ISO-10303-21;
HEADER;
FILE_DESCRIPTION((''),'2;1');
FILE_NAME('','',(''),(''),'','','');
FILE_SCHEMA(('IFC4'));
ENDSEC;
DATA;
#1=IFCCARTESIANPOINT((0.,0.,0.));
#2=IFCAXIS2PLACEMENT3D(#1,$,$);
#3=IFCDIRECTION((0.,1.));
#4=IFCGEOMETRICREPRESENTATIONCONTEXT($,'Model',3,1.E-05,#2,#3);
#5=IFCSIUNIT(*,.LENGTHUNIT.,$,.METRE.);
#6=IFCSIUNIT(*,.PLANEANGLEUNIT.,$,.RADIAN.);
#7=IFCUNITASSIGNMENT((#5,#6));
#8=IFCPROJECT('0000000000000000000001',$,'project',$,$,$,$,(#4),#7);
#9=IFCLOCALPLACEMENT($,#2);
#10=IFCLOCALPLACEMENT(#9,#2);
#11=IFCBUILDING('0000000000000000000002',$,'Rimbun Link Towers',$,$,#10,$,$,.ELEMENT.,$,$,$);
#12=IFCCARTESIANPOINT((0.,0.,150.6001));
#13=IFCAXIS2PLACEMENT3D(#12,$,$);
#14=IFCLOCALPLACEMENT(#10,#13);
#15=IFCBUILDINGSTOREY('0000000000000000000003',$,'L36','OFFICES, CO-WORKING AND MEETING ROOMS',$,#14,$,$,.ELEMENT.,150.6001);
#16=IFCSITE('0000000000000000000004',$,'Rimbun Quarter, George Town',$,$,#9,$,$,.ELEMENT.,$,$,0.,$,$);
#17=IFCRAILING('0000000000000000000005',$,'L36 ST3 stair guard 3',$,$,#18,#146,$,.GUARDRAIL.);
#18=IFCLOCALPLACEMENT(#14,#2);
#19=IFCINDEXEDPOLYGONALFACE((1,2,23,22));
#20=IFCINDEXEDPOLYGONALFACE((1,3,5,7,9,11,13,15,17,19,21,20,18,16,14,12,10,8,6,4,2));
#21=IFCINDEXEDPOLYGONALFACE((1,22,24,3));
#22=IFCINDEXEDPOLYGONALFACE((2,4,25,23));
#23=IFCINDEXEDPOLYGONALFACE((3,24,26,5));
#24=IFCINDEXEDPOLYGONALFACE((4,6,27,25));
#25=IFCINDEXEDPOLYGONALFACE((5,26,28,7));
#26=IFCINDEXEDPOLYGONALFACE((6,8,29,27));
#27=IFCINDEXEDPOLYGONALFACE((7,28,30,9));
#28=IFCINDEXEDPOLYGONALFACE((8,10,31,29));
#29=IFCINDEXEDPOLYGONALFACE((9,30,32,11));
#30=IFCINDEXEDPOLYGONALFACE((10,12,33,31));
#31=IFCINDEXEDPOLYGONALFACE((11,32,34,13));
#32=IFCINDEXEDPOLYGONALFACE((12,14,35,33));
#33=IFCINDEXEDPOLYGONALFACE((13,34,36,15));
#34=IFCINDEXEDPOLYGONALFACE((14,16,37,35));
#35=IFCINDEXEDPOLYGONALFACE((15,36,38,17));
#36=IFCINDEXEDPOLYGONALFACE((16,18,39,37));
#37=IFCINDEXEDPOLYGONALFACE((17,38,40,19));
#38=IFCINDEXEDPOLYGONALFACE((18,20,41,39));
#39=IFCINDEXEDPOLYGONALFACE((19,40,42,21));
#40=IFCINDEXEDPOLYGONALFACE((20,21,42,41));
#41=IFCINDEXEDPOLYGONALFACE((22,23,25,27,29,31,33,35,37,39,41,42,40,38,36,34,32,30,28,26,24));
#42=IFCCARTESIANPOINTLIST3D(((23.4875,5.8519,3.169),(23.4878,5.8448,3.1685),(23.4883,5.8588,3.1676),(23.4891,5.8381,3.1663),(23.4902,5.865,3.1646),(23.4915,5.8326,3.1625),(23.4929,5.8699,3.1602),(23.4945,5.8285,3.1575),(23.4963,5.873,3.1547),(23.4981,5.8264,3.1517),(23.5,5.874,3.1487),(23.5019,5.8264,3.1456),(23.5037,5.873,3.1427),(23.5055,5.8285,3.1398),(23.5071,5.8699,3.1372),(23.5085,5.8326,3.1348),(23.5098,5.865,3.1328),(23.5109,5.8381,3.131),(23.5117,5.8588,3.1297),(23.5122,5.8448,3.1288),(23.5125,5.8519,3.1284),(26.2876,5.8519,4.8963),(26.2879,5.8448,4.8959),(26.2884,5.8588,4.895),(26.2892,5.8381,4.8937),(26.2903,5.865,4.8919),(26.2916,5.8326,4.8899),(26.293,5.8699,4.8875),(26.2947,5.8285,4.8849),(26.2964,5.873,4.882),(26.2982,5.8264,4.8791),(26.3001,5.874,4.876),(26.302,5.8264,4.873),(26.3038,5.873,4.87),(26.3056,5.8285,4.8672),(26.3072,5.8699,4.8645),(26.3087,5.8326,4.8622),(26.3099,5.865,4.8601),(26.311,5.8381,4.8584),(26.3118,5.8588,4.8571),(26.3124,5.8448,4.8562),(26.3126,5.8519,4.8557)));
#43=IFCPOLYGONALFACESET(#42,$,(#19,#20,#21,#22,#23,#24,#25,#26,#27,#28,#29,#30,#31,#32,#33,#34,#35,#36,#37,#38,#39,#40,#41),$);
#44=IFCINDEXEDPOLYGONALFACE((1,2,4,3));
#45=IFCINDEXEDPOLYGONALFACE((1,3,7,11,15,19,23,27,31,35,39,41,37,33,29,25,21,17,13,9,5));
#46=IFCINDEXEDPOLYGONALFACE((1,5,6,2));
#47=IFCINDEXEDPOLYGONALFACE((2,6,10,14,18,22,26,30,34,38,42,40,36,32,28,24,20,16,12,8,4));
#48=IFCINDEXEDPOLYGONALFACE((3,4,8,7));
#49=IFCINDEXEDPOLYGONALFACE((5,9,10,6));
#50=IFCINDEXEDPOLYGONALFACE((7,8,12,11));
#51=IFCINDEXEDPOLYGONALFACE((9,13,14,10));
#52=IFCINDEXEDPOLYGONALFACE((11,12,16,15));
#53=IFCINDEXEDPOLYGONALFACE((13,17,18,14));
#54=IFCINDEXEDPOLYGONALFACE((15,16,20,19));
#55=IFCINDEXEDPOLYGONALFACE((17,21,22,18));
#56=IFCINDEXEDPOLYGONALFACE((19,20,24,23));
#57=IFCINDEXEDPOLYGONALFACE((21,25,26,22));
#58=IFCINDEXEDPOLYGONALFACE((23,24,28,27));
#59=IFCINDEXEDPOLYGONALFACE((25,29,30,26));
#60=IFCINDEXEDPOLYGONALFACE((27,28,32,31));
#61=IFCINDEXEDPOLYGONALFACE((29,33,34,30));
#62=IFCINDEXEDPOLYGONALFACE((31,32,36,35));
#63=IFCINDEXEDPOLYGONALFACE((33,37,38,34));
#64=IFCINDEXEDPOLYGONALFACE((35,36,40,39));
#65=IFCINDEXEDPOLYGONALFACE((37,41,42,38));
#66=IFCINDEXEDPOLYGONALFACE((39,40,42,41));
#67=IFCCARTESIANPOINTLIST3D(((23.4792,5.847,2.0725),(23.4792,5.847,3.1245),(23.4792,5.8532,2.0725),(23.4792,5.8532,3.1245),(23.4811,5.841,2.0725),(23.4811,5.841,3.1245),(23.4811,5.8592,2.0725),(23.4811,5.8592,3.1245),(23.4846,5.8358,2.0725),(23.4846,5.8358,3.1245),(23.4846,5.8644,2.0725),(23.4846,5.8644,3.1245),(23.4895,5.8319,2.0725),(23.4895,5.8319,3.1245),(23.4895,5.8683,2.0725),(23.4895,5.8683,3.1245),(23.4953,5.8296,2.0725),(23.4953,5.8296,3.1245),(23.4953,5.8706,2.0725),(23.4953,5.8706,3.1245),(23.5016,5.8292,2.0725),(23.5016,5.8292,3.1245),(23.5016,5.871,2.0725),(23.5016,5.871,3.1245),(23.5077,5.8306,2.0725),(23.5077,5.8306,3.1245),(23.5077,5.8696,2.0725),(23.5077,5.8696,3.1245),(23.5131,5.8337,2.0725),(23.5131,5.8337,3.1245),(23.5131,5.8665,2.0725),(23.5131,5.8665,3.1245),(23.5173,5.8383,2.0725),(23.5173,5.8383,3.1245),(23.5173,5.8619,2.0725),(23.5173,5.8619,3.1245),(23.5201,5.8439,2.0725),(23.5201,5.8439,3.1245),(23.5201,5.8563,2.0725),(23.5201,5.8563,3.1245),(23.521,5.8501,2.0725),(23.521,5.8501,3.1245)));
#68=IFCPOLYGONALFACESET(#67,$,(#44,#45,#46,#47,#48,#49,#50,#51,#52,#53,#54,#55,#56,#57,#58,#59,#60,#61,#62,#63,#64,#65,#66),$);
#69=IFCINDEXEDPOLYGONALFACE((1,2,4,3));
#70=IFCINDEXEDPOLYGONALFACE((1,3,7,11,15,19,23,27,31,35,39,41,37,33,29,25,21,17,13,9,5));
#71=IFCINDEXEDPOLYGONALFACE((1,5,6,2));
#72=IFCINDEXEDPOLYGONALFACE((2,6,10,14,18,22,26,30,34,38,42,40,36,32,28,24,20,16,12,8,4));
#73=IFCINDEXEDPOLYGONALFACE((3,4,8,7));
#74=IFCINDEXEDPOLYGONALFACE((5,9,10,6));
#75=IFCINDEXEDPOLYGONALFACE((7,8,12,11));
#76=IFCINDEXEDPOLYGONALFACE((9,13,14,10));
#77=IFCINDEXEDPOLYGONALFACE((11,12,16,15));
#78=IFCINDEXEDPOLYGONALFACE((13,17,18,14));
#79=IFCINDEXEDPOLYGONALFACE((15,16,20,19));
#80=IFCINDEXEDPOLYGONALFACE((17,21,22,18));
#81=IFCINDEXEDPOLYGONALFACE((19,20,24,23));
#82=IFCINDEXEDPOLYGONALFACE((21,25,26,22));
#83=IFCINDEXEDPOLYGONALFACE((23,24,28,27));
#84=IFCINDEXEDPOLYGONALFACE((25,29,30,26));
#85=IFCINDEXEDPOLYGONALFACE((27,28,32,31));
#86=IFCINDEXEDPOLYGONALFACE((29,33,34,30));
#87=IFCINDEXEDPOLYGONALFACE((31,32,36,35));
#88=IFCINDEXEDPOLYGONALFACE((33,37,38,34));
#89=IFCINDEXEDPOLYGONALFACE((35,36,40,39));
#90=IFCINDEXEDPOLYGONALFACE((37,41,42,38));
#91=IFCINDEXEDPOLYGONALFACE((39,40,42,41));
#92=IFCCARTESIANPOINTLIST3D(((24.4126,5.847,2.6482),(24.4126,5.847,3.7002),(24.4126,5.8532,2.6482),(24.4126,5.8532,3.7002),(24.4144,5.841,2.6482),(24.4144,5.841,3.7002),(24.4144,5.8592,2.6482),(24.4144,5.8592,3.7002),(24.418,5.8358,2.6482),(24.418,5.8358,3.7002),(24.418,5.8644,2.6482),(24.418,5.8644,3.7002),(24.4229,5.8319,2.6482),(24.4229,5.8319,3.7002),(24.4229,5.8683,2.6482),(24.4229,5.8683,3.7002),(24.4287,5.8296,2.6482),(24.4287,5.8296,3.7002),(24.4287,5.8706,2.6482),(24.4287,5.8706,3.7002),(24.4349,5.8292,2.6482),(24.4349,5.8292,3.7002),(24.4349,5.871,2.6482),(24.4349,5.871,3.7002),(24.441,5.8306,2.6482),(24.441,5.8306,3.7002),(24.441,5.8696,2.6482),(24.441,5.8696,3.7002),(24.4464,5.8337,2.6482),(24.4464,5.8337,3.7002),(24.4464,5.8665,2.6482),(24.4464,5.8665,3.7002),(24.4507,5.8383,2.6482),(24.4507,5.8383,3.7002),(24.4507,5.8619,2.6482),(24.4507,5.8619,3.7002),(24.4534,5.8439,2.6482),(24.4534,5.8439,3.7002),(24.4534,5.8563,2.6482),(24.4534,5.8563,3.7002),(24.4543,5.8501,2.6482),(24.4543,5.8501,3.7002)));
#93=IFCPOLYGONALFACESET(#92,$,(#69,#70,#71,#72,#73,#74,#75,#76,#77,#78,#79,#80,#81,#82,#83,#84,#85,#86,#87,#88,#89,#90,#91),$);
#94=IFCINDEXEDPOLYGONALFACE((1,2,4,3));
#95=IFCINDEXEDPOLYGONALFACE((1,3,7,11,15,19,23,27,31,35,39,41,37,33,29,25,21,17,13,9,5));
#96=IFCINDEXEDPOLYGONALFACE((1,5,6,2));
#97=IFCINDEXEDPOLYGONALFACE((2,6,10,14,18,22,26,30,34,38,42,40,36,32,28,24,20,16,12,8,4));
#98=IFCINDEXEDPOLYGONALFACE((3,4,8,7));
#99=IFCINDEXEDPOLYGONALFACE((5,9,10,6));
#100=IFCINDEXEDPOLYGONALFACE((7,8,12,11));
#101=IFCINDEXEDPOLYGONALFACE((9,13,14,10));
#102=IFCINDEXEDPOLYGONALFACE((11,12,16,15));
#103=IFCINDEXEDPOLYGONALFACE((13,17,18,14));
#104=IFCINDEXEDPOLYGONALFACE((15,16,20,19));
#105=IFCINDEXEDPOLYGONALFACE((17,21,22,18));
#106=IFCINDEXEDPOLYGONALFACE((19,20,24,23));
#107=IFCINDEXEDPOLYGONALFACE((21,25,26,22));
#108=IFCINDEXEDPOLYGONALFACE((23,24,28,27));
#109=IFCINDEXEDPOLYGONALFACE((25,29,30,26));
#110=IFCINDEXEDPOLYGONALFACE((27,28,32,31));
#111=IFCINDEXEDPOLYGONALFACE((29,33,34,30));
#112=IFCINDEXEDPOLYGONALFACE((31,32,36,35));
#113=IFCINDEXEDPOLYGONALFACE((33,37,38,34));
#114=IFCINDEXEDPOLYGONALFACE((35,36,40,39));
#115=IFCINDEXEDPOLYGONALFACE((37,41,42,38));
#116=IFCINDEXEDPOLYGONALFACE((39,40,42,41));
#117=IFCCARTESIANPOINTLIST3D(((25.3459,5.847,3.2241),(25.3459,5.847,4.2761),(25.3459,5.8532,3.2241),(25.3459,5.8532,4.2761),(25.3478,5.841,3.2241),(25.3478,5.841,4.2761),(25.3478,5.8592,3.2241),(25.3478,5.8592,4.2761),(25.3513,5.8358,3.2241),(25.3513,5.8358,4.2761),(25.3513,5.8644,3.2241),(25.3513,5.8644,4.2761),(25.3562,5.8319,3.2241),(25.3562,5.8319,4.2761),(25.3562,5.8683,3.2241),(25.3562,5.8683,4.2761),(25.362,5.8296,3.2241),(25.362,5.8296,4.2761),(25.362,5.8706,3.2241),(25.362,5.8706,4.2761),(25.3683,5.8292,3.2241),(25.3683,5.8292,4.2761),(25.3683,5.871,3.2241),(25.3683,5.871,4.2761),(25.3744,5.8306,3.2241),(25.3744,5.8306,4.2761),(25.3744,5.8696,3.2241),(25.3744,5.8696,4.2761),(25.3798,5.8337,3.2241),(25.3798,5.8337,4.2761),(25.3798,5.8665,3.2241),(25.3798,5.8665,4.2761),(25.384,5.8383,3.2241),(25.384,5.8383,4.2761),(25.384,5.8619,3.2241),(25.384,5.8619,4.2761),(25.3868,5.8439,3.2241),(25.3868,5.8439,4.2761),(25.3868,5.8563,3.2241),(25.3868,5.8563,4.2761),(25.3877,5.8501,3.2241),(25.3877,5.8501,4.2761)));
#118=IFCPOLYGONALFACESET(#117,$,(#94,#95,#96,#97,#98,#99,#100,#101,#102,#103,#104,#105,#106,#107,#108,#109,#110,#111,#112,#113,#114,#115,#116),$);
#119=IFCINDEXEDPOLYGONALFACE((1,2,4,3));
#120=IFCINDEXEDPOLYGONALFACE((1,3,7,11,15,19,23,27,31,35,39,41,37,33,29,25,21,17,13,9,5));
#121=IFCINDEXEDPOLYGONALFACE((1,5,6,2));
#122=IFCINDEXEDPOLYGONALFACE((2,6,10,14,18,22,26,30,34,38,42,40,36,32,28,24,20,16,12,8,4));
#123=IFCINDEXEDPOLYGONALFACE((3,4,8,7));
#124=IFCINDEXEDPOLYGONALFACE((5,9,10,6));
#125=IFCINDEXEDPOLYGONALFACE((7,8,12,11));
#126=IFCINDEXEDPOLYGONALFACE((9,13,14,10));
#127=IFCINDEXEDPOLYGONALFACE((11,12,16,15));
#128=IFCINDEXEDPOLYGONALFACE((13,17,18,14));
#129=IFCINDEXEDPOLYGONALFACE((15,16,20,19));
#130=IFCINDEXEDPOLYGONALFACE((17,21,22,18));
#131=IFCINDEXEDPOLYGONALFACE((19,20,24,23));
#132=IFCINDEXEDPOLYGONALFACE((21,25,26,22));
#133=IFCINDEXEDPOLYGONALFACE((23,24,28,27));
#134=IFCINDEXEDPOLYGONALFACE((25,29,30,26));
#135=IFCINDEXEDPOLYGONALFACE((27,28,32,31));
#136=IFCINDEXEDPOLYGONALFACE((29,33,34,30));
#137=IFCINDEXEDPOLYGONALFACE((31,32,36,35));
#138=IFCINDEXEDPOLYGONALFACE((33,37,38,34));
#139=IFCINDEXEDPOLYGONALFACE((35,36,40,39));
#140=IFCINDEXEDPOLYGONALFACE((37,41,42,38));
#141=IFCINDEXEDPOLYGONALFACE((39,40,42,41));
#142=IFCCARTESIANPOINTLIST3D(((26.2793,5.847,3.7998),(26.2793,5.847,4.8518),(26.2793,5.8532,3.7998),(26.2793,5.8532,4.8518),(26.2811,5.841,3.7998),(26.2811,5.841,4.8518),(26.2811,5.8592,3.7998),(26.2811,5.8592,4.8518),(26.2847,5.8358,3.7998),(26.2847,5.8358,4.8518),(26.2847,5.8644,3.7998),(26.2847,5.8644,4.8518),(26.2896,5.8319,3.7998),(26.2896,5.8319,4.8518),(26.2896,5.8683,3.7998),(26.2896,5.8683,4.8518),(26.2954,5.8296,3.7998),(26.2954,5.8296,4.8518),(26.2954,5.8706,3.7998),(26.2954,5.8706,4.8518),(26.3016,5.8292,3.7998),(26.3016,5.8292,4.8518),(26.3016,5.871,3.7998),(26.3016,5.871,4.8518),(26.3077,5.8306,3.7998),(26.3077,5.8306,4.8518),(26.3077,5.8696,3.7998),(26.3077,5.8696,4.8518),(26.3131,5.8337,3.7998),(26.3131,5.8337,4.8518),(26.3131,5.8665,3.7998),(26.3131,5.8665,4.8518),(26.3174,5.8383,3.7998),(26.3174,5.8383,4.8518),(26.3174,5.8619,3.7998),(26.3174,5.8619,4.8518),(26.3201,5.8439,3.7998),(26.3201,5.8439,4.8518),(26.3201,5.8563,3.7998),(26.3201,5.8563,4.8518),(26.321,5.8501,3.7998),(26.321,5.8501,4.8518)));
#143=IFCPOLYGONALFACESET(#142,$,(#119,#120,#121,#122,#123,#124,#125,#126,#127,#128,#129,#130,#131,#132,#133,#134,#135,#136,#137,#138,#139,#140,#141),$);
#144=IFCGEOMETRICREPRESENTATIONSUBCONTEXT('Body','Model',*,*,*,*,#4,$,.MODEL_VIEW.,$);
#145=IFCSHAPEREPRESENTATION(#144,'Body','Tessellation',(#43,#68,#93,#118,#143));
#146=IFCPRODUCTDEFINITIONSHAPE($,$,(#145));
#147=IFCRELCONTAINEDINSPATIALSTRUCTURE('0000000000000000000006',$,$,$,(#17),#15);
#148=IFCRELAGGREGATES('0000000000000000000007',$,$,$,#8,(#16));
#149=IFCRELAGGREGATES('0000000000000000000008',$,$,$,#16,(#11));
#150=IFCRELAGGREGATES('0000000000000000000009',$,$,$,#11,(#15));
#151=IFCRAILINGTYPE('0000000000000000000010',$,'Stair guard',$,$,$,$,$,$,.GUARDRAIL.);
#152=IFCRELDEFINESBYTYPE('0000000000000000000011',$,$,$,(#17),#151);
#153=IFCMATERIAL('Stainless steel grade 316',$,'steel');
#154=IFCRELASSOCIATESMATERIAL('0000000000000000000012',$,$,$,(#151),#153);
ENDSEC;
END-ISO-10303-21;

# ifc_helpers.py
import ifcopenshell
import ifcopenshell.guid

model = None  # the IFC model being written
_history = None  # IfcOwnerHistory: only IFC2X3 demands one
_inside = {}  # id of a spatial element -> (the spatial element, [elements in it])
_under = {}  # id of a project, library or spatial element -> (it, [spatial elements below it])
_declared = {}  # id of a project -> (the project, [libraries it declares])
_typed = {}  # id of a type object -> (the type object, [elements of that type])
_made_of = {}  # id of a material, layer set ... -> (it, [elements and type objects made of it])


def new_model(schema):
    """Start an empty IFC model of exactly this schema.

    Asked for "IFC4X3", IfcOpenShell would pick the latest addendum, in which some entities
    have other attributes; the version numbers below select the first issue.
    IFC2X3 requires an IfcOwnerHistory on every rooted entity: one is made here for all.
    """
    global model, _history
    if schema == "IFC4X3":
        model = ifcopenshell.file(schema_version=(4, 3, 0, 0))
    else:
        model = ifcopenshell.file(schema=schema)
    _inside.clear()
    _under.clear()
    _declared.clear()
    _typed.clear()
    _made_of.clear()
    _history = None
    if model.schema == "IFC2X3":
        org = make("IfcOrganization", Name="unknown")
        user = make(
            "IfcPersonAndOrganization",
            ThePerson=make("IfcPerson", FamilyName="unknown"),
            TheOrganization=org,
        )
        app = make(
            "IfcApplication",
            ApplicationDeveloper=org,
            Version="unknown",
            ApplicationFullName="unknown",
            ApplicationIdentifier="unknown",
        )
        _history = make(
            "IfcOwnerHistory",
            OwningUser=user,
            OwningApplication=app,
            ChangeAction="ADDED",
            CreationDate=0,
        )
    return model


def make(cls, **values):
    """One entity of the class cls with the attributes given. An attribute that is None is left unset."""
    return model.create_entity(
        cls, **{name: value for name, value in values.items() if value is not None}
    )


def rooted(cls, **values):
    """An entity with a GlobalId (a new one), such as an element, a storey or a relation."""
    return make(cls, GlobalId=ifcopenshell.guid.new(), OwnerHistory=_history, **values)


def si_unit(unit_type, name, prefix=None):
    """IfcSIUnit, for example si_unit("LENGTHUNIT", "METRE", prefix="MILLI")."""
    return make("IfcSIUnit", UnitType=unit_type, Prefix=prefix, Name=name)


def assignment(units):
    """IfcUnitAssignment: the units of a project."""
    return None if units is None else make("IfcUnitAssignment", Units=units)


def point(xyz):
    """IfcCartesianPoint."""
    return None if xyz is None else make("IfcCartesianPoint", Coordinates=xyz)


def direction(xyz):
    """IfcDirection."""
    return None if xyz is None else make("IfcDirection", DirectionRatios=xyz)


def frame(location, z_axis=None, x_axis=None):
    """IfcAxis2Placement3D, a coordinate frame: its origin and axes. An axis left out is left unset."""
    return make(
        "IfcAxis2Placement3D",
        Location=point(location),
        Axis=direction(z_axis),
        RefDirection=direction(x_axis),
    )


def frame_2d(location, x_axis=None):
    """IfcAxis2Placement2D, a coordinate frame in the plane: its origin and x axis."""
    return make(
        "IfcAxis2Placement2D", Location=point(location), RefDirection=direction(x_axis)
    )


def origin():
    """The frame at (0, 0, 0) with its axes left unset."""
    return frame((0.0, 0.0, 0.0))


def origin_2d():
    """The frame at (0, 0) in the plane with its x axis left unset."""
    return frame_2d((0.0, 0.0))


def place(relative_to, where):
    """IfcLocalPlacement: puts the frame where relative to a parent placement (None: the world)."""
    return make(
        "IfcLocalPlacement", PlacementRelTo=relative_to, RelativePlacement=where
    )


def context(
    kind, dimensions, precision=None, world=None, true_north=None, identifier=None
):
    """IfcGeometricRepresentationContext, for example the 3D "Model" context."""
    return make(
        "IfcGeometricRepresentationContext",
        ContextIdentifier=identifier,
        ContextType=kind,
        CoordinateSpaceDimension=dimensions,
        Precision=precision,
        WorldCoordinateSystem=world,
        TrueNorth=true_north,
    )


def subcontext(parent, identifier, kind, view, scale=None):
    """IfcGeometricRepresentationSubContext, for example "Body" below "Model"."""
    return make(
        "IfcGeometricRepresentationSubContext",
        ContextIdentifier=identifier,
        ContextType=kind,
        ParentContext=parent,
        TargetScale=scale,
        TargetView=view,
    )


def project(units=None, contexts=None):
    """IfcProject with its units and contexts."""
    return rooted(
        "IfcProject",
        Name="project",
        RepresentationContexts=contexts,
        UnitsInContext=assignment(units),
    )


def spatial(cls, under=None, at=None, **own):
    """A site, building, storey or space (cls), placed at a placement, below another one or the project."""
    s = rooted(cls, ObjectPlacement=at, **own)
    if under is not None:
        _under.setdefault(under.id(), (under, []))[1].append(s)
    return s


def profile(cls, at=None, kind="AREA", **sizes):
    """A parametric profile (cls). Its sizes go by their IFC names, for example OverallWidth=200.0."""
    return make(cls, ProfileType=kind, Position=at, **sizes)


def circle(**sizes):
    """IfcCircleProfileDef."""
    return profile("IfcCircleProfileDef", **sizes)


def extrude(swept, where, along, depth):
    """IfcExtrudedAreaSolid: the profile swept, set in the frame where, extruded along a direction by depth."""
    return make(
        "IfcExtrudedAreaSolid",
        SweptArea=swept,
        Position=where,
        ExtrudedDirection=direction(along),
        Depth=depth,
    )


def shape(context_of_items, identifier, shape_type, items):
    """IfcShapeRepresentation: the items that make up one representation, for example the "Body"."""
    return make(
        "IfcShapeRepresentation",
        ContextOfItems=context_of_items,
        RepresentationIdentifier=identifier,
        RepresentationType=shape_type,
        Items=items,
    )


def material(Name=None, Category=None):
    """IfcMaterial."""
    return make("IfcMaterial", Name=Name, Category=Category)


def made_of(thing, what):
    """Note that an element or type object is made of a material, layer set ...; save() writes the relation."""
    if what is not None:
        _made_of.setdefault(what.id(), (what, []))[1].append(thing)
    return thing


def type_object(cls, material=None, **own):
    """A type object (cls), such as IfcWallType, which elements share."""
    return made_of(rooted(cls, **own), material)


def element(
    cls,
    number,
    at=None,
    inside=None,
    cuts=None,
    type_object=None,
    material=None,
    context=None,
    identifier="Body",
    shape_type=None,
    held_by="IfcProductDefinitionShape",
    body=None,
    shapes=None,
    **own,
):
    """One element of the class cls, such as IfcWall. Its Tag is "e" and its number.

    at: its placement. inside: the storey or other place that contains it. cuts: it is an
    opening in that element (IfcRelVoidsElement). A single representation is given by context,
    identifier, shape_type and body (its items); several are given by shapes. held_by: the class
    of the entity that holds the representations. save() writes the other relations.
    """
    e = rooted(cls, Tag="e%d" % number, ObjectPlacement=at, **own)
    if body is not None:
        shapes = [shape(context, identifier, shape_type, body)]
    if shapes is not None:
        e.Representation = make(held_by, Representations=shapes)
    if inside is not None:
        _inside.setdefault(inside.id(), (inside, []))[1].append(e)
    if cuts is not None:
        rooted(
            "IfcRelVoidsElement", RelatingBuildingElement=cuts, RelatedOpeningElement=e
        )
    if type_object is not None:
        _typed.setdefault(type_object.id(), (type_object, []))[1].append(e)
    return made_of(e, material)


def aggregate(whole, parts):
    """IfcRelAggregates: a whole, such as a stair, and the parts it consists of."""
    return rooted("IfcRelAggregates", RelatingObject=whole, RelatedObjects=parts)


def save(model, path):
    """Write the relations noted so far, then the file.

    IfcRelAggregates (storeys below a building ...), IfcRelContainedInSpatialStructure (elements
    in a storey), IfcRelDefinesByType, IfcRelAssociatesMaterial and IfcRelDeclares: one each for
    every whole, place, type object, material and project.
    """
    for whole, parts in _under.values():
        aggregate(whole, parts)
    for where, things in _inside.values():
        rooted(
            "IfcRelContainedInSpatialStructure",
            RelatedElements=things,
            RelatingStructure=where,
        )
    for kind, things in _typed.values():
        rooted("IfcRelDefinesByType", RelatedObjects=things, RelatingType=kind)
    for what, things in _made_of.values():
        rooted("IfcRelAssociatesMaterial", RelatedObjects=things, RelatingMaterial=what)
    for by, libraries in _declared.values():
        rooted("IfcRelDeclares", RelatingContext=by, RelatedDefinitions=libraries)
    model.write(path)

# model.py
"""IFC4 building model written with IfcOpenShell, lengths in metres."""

from ifc_helpers import new_model, si_unit, direction, frame, origin, origin_2d, place, context, subcontext, project, spatial, circle, extrude, material, type_object, element, save


model = new_model("IFC4")

# Units and contexts
model_context = context("Model", 3, precision=1e-05, world=origin(), true_north=direction((0.0, 1.0)))
body_context = subcontext(model_context, "Body", "Model", "MODEL_VIEW")
ifc_project = project(units=[si_unit("LENGTHUNIT", "METRE"), si_unit("PLANEANGLEUNIT", "RADIAN")], contexts=[model_context])

# Site, building, storey
site_placement = place(None, origin())
site = spatial("IfcSite", under=ifc_project, at=site_placement, Name="Rimbun Quarter, George Town", CompositionType="ELEMENT", RefElevation=0.0)
building_placement = place(site_placement, origin())
building = spatial("IfcBuilding", under=site, at=building_placement, Name="Rimbun Link Towers", CompositionType="ELEMENT")
storey_placement = place(building_placement, frame((0.0, 0.0, 150.6001)))
storey = spatial("IfcBuildingStorey", under=building, at=storey_placement, Name="L36", Description="OFFICES, CO-WORKING AND MEETING ROOMS", CompositionType="ELEMENT", Elevation=150.6001)

# Railing
ifc_material_1 = material(Name="Stainless steel grade 316", Category="steel")
railing_type_1 = type_object("IfcRailingType", Name="Stair guard", PredefinedType="GUARDRAIL", material=ifc_material_1)
railing_1_placement = place(storey_placement, frame((23.5, 5.8501, 2.0725)))
element("IfcRailing", 1, at=railing_1_placement, inside=storey, type_object=railing_type_1, Name="L36 ST3 stair guard 3", PredefinedType="GUARDRAIL", context=body_context, shape_type="SweptSolid", body=[
    extrude(circle(Radius=0.0239, at=origin_2d()), frame((0.0, 0.0, 1.0762), z_axis=(0.85109, 0.0, 0.52502), x_axis=(0.0, 1.0, 0.0)), (0.0, 0.0, 1.0), 3.29),
    extrude(circle(Radius=0.021, at=origin_2d()), origin(), (0.0, 0.0, 1.0), 1.052),
    extrude(circle(Radius=0.021, at=origin_2d()), frame((0.9333, 0.0, 0.5757)), (0.0, 0.0, 1.0), 1.052),
    extrude(circle(Radius=0.021, at=origin_2d()), frame((1.8667, 0.0, 1.1516)), (0.0, 0.0, 1.0), 1.052),
    extrude(circle(Radius=0.021, at=origin_2d()), frame((2.8, 0.0, 1.7273)), (0.0, 0.0, 1.0), 1.052),
])

save(model, "model.ifc")
